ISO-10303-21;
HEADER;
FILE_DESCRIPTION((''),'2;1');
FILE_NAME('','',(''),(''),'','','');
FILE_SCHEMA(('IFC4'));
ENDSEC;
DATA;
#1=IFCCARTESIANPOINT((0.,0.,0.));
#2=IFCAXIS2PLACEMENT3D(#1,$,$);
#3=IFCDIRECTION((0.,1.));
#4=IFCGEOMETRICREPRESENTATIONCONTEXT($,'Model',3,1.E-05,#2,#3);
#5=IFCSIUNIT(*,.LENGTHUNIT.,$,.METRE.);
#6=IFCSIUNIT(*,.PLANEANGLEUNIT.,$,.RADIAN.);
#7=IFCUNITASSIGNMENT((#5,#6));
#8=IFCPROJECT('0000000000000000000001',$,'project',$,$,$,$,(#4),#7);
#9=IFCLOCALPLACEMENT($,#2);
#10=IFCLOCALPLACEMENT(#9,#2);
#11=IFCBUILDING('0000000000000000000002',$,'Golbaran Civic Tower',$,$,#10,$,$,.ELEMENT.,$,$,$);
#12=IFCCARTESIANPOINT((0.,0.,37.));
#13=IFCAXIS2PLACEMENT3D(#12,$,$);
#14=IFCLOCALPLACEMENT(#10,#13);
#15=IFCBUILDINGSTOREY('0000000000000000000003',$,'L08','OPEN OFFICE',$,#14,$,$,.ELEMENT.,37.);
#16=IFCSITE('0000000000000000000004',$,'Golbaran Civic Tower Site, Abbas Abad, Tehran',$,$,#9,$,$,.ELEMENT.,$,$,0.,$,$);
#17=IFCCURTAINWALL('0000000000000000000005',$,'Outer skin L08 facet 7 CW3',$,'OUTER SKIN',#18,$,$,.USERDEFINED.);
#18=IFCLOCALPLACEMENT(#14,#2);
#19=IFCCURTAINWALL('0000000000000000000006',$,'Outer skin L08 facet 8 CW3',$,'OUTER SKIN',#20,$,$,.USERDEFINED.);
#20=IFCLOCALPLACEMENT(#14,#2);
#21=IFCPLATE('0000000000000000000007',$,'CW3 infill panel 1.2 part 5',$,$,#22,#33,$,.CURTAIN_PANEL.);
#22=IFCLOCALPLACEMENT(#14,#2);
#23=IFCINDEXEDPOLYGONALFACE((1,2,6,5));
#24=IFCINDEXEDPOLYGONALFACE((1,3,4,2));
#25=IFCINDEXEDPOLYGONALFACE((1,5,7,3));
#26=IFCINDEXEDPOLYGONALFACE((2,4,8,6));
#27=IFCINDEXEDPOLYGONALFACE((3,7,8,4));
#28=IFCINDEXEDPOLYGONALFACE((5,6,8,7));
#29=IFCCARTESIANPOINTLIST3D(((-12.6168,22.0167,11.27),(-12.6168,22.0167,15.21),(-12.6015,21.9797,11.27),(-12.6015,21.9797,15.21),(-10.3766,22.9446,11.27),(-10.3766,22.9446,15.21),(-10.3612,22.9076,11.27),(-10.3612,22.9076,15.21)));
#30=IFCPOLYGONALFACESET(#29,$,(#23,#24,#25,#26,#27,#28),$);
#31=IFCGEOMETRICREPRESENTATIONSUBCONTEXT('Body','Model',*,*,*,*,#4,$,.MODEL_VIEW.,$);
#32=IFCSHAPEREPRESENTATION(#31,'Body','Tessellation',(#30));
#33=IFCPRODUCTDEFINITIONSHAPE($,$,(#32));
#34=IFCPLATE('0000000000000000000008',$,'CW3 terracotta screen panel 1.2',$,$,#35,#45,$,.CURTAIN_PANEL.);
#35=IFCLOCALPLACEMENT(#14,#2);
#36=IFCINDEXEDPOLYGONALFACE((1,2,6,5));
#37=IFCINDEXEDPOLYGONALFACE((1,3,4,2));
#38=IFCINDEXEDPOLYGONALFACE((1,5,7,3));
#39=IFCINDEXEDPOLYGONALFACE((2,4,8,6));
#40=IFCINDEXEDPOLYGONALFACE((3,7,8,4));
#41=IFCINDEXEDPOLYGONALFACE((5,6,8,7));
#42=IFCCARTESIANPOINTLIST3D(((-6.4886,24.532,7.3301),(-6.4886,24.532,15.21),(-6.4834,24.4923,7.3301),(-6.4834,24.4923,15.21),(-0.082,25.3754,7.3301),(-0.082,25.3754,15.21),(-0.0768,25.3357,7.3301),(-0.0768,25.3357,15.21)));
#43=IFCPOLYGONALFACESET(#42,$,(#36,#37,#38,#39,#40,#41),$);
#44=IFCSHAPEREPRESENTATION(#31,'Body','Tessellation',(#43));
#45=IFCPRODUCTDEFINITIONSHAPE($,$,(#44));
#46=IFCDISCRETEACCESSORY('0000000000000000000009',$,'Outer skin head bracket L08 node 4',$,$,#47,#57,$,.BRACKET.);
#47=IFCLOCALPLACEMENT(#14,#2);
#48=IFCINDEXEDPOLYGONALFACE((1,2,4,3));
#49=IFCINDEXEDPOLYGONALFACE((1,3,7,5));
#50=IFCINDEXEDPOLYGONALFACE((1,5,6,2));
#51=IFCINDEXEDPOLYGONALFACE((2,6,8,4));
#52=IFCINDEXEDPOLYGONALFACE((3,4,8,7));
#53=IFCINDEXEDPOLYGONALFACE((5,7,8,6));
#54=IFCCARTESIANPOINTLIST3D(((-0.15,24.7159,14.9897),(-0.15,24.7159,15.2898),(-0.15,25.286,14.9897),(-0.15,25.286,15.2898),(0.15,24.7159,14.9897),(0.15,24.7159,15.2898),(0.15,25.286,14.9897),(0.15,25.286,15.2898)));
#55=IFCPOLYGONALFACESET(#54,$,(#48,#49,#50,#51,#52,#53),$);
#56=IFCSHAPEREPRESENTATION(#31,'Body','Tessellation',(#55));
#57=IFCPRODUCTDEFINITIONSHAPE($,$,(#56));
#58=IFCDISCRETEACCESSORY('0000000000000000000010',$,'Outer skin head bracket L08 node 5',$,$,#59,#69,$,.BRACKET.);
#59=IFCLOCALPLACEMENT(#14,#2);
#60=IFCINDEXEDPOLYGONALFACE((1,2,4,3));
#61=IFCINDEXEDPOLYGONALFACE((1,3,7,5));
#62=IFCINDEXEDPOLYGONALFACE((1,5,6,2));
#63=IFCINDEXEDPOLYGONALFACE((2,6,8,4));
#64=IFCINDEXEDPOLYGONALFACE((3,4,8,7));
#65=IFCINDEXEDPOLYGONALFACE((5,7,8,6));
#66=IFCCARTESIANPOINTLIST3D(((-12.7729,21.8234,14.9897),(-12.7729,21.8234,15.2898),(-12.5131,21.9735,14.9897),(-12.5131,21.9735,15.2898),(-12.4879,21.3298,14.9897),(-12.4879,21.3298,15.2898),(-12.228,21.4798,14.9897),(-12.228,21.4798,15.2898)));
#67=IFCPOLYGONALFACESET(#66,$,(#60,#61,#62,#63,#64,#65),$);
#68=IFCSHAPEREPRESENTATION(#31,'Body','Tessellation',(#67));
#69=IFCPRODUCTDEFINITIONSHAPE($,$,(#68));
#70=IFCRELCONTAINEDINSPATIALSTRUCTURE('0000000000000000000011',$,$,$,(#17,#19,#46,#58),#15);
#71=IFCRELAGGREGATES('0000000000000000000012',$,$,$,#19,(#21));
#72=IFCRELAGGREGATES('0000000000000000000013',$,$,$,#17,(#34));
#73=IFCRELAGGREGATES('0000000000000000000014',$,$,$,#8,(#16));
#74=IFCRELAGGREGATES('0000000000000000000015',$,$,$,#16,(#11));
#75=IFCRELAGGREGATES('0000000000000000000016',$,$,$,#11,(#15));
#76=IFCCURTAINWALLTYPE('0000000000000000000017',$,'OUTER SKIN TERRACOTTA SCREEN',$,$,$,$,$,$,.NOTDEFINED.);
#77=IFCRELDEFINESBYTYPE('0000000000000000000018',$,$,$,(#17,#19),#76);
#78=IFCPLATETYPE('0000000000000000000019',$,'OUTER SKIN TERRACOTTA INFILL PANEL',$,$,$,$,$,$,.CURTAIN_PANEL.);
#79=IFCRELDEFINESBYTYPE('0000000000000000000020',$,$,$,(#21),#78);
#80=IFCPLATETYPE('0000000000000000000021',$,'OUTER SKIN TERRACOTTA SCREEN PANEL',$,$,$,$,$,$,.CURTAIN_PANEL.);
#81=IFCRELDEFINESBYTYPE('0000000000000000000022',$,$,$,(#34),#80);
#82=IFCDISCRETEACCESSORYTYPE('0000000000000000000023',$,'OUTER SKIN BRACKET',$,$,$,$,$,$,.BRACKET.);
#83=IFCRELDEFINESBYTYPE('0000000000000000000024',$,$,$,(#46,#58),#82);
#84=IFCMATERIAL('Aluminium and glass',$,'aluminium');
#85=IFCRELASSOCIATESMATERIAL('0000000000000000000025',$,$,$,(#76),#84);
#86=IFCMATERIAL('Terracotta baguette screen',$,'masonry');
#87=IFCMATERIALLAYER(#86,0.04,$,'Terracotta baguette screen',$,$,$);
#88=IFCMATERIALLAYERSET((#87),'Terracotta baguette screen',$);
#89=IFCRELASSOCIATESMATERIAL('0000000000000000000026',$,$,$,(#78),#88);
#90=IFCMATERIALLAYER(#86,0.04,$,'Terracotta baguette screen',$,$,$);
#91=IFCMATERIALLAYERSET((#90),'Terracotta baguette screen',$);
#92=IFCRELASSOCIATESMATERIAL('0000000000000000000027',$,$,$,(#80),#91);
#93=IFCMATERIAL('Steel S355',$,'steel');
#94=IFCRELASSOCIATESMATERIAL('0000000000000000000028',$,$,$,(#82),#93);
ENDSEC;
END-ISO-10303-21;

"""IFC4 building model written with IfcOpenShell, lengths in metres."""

from ifc_helpers import new_model, si_unit, direction, frame, origin, origin_2d, place, context, subcontext, project, spatial, rectangle, extrude, material, layer, layer_set, type_object, element, aggregate, save


model = new_model("IFC4")

# Units and contexts
model_context = context("Model", 3, precision=1e-05, world=origin(), true_north=direction((0.0, 1.0)))
body_context = subcontext(model_context, "Body", "Model", "MODEL_VIEW")
ifc_project = project(units=[si_unit("LENGTHUNIT", "METRE"), si_unit("PLANEANGLEUNIT", "RADIAN")], contexts=[model_context])

# Site, building, storey
site_placement = place(None, origin())
site = spatial("IfcSite", under=ifc_project, at=site_placement, Name="Golbaran Civic Tower Site, Abbas Abad, Tehran", CompositionType="ELEMENT", RefElevation=0.0)
building_placement = place(site_placement, origin())
building = spatial("IfcBuilding", under=site, at=building_placement, Name="Golbaran Civic Tower", CompositionType="ELEMENT")
storey_placement = place(building_placement, frame((0.0, 0.0, 37.0)))
storey = spatial("IfcBuildingStorey", under=building, at=storey_placement, Name="L08", Description="OPEN OFFICE", CompositionType="ELEMENT", Elevation=37.0)

# Curtain walls
ifc_material_1 = material(Name="Aluminium and glass", Category="aluminium")
curtain_wall_type_1 = type_object("IfcCurtainWallType", Name="OUTER SKIN TERRACOTTA SCREEN", PredefinedType="NOTDEFINED", material=ifc_material_1)
curtain_wall_1_placement = place(storey_placement, origin())
curtain_wall_1 = element("IfcCurtainWall", 1, at=curtain_wall_1_placement, inside=storey, type_object=curtain_wall_type_1, Name="Outer skin L08 facet 7 CW3", ObjectType="OUTER SKIN", PredefinedType="USERDEFINED")
curtain_wall_2_placement = place(storey_placement, origin())
curtain_wall_2 = element("IfcCurtainWall", 2, at=curtain_wall_2_placement, inside=storey, type_object=curtain_wall_type_1, Name="Outer skin L08 facet 8 CW3", ObjectType="OUTER SKIN", PredefinedType="USERDEFINED")

# Plates
ifc_material_2 = material(Name="Terracotta baguette screen", Category="masonry")
ifc_layer_1 = layer(ifc_material_2, 0.04, Name="Terracotta baguette screen")
ifc_layer_set_1 = layer_set([ifc_layer_1], Name="Terracotta baguette screen")
plate_type_1 = type_object("IfcPlateType", Name="OUTER SKIN TERRACOTTA INFILL PANEL", PredefinedType="CURTAIN_PANEL", material=ifc_layer_set_1)
plate_1_placement = place(storey_placement, frame((-11.489, 22.4622, 11.27), z_axis=(0.0, 0.0, 1.0), x_axis=(-0.92388, -0.382683, 0.0)))
plate_1 = element("IfcPlate", 3, at=plate_1_placement, type_object=plate_type_1, Name="CW3 infill panel 1.2 part 5", PredefinedType="CURTAIN_PANEL", context=body_context, shape_type="SweptSolid", body=[
    extrude(rectangle(XDim=2.4248, YDim=0.04, at=origin_2d()), origin(), (0.0, 0.0, 1.0), 3.9399),
])
aggregate(curtain_wall_2, [plate_1])
ifc_layer_2 = layer(ifc_material_2, 0.04, Name="Terracotta baguette screen")
ifc_layer_set_2 = layer_set([ifc_layer_2], Name="Terracotta baguette screen")
plate_type_2 = type_object("IfcPlateType", Name="OUTER SKIN TERRACOTTA SCREEN PANEL", PredefinedType="CURTAIN_PANEL", material=ifc_layer_set_2)
plate_2_placement = place(storey_placement, frame((-3.2827, 24.9338, 7.3301), z_axis=(0.0, 0.0, 1.0), x_axis=(-0.991445, -0.130526, 0.0)))
plate_2 = element("IfcPlate", 4, at=plate_2_placement, type_object=plate_type_2, Name="CW3 terracotta screen panel 1.2", PredefinedType="CURTAIN_PANEL", context=body_context, shape_type="SweptSolid", body=[
    extrude(rectangle(XDim=6.4619, YDim=0.04, at=origin_2d()), origin(), (0.0, 0.0, 1.0), 7.8799),
])
aggregate(curtain_wall_1, [plate_2])

# Discrete accessories
ifc_material_3 = material(Name="Steel S355", Category="steel")
discrete_accessory_type = type_object("IfcDiscreteAccessoryType", Name="OUTER SKIN BRACKET", PredefinedType="BRACKET", material=ifc_material_3)
for number, where, z_axis, x_axis, name in (
    (5, (0.0, 25.001, 14.9897), (0.0, 0.0, 1.0), (0.0, 1.0, 0.0), "Outer skin head bracket L08 node 4"),
    (6, (-12.5005, 21.6516, 14.9897), (0.0, 0.0, 1.0), (-0.5, 0.866025, 0.0), "Outer skin head bracket L08 node 5"),
):
    element("IfcDiscreteAccessory", number, at=place(storey_placement, frame(where, z_axis=z_axis, x_axis=x_axis)), inside=storey, type_object=discrete_accessory_type, Name=name, PredefinedType="BRACKET", context=body_context, shape_type="SweptSolid", body=[
        extrude(rectangle(XDim=0.5701, YDim=0.3, at=origin_2d()), origin(), (0.0, 0.0, 1.0), 0.3),
    ])

save(model, "model.ifc")
